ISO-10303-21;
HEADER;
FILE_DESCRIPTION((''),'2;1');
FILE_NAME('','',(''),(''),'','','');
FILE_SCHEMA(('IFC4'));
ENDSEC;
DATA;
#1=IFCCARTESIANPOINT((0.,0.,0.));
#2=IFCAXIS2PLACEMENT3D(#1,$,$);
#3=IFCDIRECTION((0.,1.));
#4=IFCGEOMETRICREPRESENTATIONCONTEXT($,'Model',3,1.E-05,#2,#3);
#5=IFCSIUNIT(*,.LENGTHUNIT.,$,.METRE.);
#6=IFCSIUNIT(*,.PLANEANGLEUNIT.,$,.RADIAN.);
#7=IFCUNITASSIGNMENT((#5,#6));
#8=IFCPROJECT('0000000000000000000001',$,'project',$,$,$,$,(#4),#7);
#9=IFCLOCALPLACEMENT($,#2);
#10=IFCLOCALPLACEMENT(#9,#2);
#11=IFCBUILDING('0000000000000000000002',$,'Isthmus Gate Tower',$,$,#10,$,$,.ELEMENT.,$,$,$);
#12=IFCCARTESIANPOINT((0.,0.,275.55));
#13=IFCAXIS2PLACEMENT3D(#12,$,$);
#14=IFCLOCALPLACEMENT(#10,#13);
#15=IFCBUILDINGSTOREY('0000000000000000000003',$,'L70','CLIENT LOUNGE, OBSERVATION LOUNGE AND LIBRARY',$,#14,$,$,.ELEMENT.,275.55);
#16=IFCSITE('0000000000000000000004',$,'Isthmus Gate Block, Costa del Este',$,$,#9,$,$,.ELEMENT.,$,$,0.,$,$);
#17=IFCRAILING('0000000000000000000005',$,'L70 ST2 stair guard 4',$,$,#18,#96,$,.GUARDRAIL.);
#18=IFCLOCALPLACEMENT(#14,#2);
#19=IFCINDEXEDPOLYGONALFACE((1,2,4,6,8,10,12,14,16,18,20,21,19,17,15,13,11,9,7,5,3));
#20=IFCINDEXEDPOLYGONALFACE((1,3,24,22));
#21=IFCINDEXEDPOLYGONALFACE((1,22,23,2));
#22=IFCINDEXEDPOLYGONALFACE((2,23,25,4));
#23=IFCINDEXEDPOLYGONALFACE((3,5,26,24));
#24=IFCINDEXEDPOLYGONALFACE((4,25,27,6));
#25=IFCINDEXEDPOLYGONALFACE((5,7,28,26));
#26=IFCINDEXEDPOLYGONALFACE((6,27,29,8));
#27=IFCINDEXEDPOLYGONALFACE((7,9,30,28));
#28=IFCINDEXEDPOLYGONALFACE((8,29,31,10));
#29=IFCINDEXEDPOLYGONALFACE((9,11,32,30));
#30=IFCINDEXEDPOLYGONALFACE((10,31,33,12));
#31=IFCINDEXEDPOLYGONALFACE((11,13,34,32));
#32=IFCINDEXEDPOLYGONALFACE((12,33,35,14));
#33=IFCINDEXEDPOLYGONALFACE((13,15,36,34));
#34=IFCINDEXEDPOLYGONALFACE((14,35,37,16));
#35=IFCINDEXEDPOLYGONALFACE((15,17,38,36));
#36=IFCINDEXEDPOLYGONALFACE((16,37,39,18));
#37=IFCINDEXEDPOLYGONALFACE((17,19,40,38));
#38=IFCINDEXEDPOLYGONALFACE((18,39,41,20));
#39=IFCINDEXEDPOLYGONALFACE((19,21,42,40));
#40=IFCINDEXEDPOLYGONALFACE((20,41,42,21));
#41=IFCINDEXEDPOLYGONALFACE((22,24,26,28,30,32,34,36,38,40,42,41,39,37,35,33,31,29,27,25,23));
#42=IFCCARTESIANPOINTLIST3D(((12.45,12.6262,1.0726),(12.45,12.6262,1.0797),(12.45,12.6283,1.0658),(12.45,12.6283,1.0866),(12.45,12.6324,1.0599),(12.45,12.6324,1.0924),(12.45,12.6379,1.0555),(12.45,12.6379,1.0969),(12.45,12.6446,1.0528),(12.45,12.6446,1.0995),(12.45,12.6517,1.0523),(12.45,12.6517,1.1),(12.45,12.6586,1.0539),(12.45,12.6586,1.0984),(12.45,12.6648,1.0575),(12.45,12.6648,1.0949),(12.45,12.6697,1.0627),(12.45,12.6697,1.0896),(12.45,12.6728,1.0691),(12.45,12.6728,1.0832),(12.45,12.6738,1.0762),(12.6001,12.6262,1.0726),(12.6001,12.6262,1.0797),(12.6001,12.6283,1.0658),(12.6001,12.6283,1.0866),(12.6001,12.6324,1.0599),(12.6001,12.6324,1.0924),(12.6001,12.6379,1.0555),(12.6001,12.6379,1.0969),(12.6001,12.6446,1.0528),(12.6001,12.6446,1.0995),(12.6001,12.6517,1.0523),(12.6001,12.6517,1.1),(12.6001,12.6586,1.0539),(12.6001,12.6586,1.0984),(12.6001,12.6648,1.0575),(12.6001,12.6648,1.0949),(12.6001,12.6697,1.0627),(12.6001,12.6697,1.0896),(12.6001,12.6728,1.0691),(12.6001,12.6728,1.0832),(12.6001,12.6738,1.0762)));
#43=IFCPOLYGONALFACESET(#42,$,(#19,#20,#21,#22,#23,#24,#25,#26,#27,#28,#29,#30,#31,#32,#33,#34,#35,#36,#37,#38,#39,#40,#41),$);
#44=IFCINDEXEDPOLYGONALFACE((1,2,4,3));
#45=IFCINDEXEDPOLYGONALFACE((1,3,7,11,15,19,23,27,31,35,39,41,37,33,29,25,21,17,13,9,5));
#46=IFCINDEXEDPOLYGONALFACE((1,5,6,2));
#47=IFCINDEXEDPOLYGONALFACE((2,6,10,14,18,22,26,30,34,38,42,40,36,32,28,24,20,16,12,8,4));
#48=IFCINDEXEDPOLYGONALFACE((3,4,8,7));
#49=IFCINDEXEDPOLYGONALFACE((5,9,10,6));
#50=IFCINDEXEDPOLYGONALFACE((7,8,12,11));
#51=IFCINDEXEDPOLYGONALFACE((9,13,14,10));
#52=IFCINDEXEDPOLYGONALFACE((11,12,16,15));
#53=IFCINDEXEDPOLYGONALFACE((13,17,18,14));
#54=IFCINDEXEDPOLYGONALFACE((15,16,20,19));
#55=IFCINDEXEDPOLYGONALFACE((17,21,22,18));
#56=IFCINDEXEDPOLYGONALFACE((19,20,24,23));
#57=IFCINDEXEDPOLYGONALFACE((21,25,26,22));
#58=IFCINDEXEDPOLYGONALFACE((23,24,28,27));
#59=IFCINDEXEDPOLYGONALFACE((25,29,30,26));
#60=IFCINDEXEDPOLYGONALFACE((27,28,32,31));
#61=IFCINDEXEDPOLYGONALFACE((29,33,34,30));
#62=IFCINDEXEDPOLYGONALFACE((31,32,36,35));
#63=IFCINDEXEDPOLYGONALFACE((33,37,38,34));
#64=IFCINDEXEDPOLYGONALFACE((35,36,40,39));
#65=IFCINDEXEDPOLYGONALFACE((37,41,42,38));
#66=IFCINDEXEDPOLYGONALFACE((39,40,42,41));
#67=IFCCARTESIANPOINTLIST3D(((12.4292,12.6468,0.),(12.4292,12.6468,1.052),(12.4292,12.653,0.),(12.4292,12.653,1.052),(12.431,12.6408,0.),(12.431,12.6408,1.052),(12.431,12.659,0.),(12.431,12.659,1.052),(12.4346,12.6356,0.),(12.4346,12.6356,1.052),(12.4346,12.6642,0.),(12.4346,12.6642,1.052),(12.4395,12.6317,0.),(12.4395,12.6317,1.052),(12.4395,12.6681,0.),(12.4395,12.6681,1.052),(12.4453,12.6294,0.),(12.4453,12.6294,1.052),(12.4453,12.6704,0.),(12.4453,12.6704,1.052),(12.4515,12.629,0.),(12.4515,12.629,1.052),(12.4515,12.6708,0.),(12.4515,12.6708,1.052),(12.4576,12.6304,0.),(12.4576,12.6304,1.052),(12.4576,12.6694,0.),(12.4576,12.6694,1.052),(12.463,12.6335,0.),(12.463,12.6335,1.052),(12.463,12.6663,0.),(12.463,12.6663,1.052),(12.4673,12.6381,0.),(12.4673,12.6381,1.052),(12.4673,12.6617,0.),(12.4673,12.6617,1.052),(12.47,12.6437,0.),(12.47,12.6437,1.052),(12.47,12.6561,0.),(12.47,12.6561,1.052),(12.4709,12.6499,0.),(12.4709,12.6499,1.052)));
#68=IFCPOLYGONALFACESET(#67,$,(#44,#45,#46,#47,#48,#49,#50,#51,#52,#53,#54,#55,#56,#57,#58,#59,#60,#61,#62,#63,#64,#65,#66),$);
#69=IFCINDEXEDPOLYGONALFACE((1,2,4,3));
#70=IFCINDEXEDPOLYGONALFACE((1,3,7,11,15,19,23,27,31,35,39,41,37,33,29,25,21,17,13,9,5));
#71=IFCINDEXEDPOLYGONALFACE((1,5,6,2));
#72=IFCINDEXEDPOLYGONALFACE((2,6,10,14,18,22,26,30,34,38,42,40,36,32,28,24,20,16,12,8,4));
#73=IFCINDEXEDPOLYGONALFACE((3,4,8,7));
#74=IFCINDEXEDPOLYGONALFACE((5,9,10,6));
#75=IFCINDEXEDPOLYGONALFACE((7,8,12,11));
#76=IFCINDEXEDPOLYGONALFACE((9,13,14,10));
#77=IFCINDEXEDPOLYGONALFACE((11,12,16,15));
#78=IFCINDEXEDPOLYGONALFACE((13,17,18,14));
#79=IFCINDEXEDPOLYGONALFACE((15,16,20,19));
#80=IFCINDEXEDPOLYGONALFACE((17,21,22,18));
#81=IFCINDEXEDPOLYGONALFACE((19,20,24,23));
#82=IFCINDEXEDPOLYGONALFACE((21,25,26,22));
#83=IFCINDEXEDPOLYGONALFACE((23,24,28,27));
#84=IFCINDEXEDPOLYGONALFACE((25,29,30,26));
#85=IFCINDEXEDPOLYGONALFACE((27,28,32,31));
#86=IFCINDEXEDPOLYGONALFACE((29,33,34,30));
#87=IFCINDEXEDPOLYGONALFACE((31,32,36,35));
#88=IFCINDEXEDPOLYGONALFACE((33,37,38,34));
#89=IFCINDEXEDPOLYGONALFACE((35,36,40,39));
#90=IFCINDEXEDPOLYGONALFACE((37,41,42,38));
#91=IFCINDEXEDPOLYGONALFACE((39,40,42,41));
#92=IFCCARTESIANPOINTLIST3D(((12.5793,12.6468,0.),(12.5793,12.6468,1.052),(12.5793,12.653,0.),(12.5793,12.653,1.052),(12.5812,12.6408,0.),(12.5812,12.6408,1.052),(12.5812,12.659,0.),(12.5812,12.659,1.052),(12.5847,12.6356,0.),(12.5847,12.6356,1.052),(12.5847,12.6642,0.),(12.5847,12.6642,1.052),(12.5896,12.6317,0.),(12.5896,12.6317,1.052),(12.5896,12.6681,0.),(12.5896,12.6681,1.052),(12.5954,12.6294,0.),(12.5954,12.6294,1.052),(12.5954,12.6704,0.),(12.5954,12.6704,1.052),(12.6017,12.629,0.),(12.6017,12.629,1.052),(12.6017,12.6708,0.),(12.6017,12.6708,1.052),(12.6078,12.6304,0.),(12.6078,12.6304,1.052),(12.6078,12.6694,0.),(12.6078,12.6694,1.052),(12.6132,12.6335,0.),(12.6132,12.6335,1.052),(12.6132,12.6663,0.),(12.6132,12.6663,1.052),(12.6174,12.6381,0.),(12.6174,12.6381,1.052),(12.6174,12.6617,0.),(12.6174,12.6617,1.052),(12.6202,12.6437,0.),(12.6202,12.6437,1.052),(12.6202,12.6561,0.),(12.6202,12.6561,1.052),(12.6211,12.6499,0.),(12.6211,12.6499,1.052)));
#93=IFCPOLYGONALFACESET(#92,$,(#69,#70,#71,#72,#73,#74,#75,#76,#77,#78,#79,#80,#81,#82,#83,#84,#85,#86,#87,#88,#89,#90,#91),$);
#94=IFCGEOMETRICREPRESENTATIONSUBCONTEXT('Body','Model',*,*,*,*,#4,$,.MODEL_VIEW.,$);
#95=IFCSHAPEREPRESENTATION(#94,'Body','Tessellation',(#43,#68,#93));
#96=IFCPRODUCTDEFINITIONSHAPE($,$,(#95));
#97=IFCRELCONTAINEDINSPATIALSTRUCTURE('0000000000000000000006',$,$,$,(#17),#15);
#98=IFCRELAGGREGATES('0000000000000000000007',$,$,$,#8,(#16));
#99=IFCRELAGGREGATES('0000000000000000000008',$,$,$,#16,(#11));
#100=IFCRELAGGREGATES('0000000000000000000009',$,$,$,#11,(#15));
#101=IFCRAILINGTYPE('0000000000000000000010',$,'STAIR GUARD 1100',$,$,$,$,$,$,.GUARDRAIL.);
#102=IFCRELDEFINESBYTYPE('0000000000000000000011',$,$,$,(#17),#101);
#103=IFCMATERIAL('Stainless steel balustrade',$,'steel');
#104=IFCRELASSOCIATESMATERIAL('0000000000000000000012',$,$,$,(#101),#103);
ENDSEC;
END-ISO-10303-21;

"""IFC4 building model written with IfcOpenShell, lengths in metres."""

from ifc_helpers import new_model, si_unit, direction, frame, origin, origin_2d, place, context, subcontext, project, spatial, circle, extrude, material, type_object, element, save


model = new_model("IFC4")

# Units and contexts
model_context = context("Model", 3, precision=1e-05, world=origin(), true_north=direction((0.0, 1.0)))
body_context = subcontext(model_context, "Body", "Model", "MODEL_VIEW")
ifc_project = project(units=[si_unit("LENGTHUNIT", "METRE"), si_unit("PLANEANGLEUNIT", "RADIAN")], contexts=[model_context])

# Site, building, storey
site_placement = place(None, origin())
site = spatial("IfcSite", under=ifc_project, at=site_placement, Name="Isthmus Gate Block, Costa del Este", CompositionType="ELEMENT", RefElevation=0.0)
building_placement = place(site_placement, origin())
building = spatial("IfcBuilding", under=site, at=building_placement, Name="Isthmus Gate Tower", CompositionType="ELEMENT")
storey_placement = place(building_placement, frame((0.0, 0.0, 275.55)))
storey = spatial("IfcBuildingStorey", under=building, at=storey_placement, Name="L70", Description="CLIENT LOUNGE, OBSERVATION LOUNGE AND LIBRARY", CompositionType="ELEMENT", Elevation=275.55)

# Railing
ifc_material_1 = material(Name="Stainless steel balustrade", Category="steel")
railing_type_1 = type_object("IfcRailingType", Name="STAIR GUARD 1100", PredefinedType="GUARDRAIL", material=ifc_material_1)
railing_1_placement = place(storey_placement, frame((12.45, 12.6499, 0.0)))
element("IfcRailing", 1, at=railing_1_placement, inside=storey, type_object=railing_type_1, Name="L70 ST2 stair guard 4", PredefinedType="GUARDRAIL", context=body_context, shape_type="SweptSolid", body=[
    extrude(circle(Radius=0.0239, at=origin_2d()), frame((0.0, 0.0, 1.0762), z_axis=(1.0, 0.0, 0.0), x_axis=(0.0, 1.0, 0.0)), (0.0, 0.0, 1.0), 0.1501),
    extrude(circle(Radius=0.021, at=origin_2d()), origin(), (0.0, 0.0, 1.0), 1.052),
    extrude(circle(Radius=0.021, at=origin_2d()), frame((0.1501, 0.0, 0.0)), (0.0, 0.0, 1.0), 1.052),
])

save(model, "model.ifc")
